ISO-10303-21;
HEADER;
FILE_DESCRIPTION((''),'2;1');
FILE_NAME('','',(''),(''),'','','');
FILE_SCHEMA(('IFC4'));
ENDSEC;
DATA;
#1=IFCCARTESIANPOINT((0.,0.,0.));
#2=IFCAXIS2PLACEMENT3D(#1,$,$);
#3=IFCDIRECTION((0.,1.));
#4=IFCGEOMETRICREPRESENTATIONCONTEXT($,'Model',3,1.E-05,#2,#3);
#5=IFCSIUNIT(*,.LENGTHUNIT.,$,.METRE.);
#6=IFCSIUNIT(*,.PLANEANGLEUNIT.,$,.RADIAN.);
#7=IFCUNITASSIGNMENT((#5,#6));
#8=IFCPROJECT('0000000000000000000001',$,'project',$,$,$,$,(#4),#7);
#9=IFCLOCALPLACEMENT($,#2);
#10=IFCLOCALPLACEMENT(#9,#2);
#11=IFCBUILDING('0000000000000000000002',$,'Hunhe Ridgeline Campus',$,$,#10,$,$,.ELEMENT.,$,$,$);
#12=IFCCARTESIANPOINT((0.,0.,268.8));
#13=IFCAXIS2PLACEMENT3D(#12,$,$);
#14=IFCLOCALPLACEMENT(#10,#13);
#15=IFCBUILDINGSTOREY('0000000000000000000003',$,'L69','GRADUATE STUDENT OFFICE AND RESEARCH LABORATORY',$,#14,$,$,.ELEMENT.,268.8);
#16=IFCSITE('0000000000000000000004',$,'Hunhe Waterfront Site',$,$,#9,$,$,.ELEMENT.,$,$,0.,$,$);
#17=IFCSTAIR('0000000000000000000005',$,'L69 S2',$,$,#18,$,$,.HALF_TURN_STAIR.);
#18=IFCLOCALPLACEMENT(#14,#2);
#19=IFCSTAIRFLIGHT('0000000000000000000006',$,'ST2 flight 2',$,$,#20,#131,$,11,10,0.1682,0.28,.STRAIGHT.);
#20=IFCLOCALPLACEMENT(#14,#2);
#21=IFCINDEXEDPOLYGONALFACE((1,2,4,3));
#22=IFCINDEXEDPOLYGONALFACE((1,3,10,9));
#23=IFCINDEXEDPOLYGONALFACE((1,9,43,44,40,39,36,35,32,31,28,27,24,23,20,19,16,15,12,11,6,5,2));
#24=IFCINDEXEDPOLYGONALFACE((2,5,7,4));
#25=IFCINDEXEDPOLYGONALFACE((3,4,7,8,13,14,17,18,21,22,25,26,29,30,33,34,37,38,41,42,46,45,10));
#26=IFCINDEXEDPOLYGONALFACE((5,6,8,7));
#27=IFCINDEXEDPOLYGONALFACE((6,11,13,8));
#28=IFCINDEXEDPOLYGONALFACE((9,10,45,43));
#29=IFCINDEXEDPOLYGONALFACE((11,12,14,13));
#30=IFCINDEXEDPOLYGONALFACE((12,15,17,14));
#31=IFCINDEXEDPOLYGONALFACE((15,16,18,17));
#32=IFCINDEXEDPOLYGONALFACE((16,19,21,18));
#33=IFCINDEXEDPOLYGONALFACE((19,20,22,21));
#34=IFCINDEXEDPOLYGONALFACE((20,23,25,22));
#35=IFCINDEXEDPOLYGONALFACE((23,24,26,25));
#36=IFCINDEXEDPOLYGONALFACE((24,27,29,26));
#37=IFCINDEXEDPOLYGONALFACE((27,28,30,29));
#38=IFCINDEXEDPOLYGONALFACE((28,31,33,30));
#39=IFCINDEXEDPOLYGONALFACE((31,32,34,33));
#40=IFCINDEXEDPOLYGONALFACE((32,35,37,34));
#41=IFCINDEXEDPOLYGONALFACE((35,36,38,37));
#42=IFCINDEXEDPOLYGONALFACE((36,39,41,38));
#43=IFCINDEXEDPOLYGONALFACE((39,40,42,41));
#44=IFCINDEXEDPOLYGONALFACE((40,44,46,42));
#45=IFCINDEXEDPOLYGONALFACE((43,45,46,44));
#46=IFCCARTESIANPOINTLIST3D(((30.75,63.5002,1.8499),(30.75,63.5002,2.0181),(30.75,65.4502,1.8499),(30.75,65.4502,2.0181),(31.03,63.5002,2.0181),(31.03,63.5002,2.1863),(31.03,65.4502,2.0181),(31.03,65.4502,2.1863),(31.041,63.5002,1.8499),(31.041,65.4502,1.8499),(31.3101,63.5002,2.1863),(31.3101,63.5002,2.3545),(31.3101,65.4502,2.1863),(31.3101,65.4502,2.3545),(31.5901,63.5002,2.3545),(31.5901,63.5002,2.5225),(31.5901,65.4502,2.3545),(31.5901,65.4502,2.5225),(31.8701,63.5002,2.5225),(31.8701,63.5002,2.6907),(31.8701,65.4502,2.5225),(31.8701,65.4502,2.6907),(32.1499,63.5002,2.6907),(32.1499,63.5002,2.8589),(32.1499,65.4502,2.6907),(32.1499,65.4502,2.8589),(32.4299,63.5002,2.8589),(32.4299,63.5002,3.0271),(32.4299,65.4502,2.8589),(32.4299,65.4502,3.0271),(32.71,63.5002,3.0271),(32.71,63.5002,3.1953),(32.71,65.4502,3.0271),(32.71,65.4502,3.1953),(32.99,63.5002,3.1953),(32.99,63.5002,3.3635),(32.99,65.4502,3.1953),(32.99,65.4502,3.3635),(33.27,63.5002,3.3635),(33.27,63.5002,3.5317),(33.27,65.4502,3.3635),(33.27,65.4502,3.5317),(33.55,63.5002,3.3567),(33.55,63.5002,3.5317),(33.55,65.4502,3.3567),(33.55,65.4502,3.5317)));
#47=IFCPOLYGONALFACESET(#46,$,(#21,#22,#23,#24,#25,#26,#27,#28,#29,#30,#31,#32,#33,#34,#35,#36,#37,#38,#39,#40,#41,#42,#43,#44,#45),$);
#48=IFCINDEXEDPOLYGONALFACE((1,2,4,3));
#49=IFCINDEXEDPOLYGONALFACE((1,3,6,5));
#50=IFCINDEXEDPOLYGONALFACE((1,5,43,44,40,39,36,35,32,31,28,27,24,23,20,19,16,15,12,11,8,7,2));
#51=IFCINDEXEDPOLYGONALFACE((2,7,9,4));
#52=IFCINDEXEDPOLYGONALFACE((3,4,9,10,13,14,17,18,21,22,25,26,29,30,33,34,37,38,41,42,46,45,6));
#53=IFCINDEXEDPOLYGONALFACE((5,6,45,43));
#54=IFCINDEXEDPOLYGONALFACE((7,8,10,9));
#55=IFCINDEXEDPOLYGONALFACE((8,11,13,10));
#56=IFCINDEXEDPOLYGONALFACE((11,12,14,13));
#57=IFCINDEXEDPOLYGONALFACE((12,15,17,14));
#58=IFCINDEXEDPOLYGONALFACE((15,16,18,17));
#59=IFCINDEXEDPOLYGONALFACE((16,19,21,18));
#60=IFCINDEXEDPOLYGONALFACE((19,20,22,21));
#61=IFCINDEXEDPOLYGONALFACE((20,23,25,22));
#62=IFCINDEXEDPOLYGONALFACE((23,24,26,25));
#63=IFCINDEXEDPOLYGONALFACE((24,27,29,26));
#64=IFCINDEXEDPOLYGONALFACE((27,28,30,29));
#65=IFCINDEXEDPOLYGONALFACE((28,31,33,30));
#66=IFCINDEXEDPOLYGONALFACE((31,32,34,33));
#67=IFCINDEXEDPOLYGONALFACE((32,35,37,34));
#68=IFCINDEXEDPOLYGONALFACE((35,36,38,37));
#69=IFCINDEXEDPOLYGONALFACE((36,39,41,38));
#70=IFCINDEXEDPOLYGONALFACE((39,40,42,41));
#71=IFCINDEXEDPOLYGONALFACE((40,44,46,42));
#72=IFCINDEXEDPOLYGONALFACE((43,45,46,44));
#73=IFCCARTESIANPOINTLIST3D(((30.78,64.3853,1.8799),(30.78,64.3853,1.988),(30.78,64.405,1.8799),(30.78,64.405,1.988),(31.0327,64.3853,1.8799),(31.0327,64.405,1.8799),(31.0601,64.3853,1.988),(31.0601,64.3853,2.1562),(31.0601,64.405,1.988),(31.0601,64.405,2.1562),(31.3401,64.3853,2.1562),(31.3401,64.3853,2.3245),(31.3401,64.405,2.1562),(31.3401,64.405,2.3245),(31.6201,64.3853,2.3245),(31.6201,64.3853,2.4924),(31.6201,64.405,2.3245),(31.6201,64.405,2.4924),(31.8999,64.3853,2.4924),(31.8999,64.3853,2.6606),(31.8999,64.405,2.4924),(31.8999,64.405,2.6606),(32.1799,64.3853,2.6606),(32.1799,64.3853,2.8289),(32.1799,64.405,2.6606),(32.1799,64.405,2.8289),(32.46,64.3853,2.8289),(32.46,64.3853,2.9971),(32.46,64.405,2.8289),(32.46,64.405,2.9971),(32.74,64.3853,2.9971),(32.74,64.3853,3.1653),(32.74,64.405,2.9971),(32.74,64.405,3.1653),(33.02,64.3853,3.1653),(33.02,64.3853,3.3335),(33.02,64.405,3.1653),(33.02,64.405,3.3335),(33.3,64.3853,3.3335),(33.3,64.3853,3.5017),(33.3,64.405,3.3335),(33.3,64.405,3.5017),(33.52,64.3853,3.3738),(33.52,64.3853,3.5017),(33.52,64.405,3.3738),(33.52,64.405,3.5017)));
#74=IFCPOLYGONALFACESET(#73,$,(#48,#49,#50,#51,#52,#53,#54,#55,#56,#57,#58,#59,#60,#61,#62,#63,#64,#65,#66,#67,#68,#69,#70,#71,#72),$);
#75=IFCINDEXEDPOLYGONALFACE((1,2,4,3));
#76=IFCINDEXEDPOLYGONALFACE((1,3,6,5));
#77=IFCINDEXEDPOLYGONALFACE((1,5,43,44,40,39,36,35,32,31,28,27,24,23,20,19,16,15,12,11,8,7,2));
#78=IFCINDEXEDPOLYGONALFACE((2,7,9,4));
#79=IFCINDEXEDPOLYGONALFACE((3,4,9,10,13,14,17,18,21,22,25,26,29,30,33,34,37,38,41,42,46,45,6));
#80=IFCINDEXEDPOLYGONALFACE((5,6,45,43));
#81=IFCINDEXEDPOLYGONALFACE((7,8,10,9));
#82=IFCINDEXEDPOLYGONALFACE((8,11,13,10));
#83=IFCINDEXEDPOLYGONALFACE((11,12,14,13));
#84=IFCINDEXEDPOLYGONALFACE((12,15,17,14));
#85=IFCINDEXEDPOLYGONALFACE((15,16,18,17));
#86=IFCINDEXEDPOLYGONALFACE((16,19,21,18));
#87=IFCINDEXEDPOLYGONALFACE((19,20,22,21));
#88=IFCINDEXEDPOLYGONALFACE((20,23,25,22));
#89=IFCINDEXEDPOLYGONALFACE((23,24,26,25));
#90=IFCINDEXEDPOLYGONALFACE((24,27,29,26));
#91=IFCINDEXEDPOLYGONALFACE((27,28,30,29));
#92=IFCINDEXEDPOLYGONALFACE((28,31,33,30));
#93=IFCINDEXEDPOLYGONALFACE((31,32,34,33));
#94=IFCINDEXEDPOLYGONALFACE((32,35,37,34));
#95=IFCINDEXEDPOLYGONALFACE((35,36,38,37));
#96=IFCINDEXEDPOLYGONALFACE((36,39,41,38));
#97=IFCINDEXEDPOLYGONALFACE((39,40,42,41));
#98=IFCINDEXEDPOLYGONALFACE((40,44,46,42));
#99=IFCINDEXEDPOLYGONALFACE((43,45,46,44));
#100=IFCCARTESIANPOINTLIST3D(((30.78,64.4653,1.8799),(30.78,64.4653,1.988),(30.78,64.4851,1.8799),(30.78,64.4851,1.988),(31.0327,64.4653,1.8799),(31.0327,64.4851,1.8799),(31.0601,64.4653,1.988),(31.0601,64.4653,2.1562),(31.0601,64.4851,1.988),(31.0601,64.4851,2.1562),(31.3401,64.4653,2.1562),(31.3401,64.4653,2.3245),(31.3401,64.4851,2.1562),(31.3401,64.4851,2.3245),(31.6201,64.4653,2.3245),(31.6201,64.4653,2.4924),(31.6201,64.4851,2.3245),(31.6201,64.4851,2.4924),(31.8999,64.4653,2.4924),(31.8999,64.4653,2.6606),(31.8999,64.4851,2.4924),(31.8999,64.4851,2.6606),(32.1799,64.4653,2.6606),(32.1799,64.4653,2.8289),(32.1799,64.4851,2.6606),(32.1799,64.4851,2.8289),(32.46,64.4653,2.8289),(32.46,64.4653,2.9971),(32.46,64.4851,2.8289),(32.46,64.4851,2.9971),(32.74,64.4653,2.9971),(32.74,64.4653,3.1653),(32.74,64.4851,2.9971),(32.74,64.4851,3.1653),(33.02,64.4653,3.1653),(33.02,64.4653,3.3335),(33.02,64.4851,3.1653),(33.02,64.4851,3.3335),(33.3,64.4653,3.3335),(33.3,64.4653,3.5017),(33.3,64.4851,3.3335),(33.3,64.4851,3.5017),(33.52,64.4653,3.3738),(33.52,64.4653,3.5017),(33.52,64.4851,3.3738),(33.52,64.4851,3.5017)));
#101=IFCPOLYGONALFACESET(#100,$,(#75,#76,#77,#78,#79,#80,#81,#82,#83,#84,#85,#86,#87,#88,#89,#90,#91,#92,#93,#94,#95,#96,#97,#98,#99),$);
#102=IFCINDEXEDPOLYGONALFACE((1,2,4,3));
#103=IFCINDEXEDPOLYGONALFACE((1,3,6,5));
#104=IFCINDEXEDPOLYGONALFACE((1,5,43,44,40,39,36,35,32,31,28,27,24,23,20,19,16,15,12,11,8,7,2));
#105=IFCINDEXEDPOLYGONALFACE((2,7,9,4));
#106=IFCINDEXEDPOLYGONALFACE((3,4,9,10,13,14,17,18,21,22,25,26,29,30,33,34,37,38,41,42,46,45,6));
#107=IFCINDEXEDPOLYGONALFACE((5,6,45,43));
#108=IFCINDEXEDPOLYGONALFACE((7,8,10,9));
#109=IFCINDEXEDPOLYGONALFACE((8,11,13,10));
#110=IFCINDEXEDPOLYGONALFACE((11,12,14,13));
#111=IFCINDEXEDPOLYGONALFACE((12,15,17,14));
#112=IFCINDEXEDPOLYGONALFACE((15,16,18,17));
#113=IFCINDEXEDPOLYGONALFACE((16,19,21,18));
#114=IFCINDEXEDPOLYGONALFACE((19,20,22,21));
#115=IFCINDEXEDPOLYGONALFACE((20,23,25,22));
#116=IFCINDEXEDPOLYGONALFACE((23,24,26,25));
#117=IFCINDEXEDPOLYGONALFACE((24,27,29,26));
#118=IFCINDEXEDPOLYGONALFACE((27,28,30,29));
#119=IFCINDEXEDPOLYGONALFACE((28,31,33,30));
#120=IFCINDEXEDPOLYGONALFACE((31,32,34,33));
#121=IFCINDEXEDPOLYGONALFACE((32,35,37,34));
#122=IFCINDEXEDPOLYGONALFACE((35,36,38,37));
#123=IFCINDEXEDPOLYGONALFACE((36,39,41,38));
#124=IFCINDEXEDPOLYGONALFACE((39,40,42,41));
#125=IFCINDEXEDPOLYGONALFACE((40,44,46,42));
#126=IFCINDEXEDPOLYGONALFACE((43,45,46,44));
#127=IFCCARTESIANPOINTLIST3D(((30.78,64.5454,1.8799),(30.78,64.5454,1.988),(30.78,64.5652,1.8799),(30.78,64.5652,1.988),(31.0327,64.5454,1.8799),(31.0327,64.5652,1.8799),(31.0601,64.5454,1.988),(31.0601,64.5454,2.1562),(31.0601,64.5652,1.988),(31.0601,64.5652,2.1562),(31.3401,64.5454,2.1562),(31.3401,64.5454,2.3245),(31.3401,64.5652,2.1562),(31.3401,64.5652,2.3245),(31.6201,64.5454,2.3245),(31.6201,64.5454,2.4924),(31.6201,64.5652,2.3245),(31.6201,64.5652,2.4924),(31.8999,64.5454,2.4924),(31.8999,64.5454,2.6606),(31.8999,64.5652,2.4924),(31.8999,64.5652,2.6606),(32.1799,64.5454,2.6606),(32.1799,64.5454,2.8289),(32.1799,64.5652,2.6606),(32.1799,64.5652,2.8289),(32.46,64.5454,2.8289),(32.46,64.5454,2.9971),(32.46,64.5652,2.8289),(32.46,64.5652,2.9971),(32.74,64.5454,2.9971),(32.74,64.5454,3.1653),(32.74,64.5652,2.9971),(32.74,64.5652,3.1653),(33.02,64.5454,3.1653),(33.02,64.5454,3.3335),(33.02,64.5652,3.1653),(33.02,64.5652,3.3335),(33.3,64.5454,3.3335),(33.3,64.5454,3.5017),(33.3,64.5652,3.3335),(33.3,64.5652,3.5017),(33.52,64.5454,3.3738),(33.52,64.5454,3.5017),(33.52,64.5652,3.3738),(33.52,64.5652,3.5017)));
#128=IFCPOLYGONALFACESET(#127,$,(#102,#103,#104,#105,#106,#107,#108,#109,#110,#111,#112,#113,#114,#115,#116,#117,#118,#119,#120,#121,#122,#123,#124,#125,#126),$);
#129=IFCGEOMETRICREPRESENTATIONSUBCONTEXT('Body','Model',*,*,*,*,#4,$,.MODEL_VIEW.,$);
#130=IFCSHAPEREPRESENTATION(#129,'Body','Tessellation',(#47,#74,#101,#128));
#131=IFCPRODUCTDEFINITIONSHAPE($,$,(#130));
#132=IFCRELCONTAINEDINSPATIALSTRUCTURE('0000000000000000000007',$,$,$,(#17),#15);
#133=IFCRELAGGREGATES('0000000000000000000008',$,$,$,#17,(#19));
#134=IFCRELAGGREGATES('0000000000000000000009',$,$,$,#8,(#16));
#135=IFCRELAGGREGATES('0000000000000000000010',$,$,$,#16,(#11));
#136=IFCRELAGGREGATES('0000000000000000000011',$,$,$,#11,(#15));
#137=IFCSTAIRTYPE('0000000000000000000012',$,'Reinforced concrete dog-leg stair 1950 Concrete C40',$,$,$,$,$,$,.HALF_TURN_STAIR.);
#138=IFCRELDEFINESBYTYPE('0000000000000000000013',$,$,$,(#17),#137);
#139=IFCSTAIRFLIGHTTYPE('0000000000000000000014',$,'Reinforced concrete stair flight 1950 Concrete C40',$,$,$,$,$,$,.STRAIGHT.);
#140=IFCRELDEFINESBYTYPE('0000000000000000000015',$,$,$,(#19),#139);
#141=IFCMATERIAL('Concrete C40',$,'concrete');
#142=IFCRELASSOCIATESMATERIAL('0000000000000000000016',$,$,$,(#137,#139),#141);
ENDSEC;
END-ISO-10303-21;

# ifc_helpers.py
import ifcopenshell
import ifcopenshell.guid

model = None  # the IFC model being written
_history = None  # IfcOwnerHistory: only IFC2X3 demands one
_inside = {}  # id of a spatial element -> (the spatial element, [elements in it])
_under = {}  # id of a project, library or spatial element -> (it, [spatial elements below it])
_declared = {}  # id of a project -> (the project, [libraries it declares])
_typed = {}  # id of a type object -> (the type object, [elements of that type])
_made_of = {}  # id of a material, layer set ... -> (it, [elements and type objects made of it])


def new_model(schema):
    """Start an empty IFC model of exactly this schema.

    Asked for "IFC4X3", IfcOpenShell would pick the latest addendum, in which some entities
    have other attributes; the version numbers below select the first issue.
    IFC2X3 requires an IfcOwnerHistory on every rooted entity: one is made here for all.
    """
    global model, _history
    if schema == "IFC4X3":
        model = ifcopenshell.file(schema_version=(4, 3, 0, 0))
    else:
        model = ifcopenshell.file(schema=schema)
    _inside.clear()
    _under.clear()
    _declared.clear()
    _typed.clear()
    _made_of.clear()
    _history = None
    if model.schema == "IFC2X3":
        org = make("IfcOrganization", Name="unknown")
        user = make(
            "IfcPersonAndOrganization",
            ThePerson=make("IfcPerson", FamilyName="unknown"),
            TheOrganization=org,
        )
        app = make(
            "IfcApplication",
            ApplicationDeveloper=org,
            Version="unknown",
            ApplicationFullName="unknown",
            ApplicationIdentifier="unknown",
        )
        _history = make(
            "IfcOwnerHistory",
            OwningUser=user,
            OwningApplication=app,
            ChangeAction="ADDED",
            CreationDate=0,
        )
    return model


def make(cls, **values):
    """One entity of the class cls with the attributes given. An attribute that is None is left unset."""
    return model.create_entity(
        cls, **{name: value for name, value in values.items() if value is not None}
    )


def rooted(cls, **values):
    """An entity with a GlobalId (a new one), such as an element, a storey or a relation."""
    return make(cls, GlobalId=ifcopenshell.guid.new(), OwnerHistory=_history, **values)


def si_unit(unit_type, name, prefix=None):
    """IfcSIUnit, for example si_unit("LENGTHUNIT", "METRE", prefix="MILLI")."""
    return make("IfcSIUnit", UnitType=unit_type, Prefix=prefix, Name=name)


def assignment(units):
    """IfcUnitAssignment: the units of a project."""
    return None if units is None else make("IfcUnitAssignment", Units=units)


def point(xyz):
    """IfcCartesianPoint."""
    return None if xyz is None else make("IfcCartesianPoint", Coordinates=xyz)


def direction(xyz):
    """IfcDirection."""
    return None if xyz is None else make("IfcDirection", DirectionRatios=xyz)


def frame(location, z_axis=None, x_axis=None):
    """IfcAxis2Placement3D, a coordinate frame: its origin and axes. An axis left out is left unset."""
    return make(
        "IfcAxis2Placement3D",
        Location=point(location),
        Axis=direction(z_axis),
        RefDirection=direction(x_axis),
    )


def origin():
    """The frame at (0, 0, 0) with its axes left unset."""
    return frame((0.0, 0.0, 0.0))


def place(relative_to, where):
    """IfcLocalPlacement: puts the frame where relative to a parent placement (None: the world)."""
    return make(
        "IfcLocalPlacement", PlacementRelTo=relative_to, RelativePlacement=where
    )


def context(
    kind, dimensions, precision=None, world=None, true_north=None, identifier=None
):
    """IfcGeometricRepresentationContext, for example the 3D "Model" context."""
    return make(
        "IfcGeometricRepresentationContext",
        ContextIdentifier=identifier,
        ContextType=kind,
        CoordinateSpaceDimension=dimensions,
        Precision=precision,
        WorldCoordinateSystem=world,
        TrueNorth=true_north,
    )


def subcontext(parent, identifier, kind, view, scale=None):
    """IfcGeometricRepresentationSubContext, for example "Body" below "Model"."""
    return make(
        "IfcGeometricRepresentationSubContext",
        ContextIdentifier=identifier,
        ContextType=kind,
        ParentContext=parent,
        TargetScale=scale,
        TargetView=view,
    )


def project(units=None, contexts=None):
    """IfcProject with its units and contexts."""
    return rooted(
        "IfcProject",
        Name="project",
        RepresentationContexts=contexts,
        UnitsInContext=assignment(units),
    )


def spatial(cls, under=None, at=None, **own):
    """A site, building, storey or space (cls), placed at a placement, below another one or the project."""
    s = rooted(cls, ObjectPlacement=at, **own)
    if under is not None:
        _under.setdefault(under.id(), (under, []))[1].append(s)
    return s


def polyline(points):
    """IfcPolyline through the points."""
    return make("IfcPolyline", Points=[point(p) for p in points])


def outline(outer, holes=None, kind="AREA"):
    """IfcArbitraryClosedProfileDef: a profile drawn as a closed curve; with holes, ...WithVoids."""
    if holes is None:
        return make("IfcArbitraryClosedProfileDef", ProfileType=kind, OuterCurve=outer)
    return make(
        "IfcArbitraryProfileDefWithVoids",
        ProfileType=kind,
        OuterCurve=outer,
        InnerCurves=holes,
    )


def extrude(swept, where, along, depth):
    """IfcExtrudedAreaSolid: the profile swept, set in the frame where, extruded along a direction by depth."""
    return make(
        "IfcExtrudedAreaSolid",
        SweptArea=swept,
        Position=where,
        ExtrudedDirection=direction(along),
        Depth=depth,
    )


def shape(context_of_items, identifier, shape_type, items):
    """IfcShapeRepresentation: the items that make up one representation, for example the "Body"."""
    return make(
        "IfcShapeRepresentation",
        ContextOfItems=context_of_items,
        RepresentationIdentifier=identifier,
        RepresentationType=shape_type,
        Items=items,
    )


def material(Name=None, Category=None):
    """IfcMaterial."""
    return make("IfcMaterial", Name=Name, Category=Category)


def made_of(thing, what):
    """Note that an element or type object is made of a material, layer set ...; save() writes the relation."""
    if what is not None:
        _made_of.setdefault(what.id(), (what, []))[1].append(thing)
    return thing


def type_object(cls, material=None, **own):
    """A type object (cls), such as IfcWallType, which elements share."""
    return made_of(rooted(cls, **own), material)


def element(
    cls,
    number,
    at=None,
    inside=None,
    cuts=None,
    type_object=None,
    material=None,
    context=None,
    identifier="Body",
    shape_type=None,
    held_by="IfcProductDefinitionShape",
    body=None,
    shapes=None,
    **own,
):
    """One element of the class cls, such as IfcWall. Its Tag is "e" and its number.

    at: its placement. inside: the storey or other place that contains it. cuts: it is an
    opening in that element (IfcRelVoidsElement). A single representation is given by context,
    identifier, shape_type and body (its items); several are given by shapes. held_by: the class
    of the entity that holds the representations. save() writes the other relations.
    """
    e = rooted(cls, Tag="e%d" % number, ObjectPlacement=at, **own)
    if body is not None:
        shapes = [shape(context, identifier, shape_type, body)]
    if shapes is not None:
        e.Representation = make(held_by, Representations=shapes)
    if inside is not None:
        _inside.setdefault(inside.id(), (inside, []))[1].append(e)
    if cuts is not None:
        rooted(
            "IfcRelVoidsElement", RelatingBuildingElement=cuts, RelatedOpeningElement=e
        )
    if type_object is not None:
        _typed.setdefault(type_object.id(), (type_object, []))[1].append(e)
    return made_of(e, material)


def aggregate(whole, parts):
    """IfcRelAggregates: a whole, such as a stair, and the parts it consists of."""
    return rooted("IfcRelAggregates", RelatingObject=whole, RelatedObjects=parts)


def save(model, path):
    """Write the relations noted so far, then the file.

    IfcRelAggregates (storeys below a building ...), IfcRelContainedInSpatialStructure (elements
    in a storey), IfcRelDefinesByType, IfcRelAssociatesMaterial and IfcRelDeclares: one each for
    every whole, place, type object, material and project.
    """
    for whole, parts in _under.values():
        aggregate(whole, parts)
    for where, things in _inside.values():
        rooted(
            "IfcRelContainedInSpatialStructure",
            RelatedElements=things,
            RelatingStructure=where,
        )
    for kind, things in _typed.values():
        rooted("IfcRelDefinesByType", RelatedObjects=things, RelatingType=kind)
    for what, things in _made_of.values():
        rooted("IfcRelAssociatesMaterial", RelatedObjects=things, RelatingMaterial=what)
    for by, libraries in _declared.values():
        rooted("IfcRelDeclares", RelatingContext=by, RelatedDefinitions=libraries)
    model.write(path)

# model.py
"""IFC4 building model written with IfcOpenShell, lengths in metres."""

from ifc_helpers import new_model, si_unit, direction, frame, origin, place, context, subcontext, project, spatial, polyline, outline, extrude, material, type_object, element, aggregate, save


model = new_model("IFC4")

# Units and contexts
model_context = context("Model", 3, precision=1e-05, world=origin(), true_north=direction((0.0, 1.0)))
body_context = subcontext(model_context, "Body", "Model", "MODEL_VIEW")
ifc_project = project(units=[si_unit("LENGTHUNIT", "METRE"), si_unit("PLANEANGLEUNIT", "RADIAN")], contexts=[model_context])

# Site, building, storey
site_placement = place(None, origin())
site = spatial("IfcSite", under=ifc_project, at=site_placement, Name="Hunhe Waterfront Site", CompositionType="ELEMENT", RefElevation=0.0)
building_placement = place(site_placement, origin())
building = spatial("IfcBuilding", under=site, at=building_placement, Name="Hunhe Ridgeline Campus", CompositionType="ELEMENT")
storey_placement = place(building_placement, frame((0.0, 0.0, 268.8)))
storey = spatial("IfcBuildingStorey", under=building, at=storey_placement, Name="L69", Description="GRADUATE STUDENT OFFICE AND RESEARCH LABORATORY", CompositionType="ELEMENT", Elevation=268.8)

# Stair, stair flight
ifc_material_1 = material(Name="Concrete C40", Category="concrete")
stair_type = type_object("IfcStairType", Name="Reinforced concrete dog-leg stair 1950 Concrete C40", PredefinedType="HALF_TURN_STAIR", material=ifc_material_1)
stair_placement = place(storey_placement, origin())
stair = element("IfcStair", 1, at=stair_placement, inside=storey, type_object=stair_type, Name="L69 S2", PredefinedType="HALF_TURN_STAIR")
stair_flight_type = type_object("IfcStairFlightType", Name="Reinforced concrete stair flight 1950 Concrete C40", PredefinedType="STRAIGHT", material=ifc_material_1)
stair_flight_1_placement = place(storey_placement, frame((30.75, 64.4751, 1.8499), z_axis=(0.0, 0.0, 1.0), x_axis=(1.0, 0.0, 0.0)))
stair_flight_1 = element("IfcStairFlight", 2, at=stair_flight_1_placement, type_object=stair_flight_type, Name="ST2 flight 2", NumberOfRisers=11, NumberOfTreads=10, PredefinedType="STRAIGHT", RiserHeight=0.1682, TreadLength=0.28, context=body_context, shape_type="SweptSolid", body=[
    extrude(outline(polyline([(0.0, 0.0), (0.0, 0.1682), (0.28, 0.1682), (0.28, 0.3364), (0.5601, 0.3364), (0.5601, 0.5046), (0.8401, 0.5046), (0.8401, 0.6726), (1.1201, 0.6726), (1.1201, 0.8408), (1.3999, 0.8408), (1.3999, 1.009), (1.6799, 1.009), (1.6799, 1.1772), (1.96, 1.1772), (1.96, 1.3455), (2.24, 1.3455), (2.24, 1.5137), (2.52, 1.5137), (2.52, 1.6819), (2.8, 1.6819), (2.8, 1.8501), (2.8, 1.5068), (0.291, 0.0), (0.0, 0.0)])), frame((0.0, 0.9751, 0.0), z_axis=(0.0, -1.0, 0.0), x_axis=(1.0, 0.0, 0.0)), (0.0, 0.0, 1.0), 1.95),
    extrude(outline(polyline([(0.03, 0.03), (0.03, 0.1382), (0.3101, 0.1382), (0.3101, 0.3064), (0.5901, 0.3064), (0.5901, 0.4746), (0.8701, 0.4746), (0.8701, 0.6426), (1.1499, 0.6426), (1.1499, 0.8108), (1.4299, 0.8108), (1.4299, 0.979), (1.71, 0.979), (1.71, 1.1472), (1.99, 1.1472), (1.99, 1.3154), (2.27, 1.3154), (2.27, 1.4836), (2.55, 1.4836), (2.55, 1.6519), (2.77, 1.6519), (2.77, 1.5239), (0.2827, 0.03), (0.03, 0.03)])), frame((0.0, -0.0701, 0.0), z_axis=(0.0, -1.0, 0.0), x_axis=(1.0, 0.0, 0.0)), (0.0, 0.0, 1.0), 0.0198),
    extrude(outline(polyline([(0.03, 0.03), (0.03, 0.1382), (0.3101, 0.1382), (0.3101, 0.3064), (0.5901, 0.3064), (0.5901, 0.4746), (0.8701, 0.4746), (0.8701, 0.6426), (1.1499, 0.6426), (1.1499, 0.8108), (1.4299, 0.8108), (1.4299, 0.979), (1.71, 0.979), (1.71, 1.1472), (1.99, 1.1472), (1.99, 1.3154), (2.27, 1.3154), (2.27, 1.4836), (2.55, 1.4836), (2.55, 1.6519), (2.77, 1.6519), (2.77, 1.5239), (0.2827, 0.03), (0.03, 0.03)])), frame((0.0, 0.01, 0.0), z_axis=(0.0, -1.0, 0.0), x_axis=(1.0, 0.0, 0.0)), (0.0, 0.0, 1.0), 0.0198),
    extrude(outline(polyline([(0.03, 0.03), (0.03, 0.1382), (0.3101, 0.1382), (0.3101, 0.3064), (0.5901, 0.3064), (0.5901, 0.4746), (0.8701, 0.4746), (0.8701, 0.6426), (1.1499, 0.6426), (1.1499, 0.8108), (1.4299, 0.8108), (1.4299, 0.979), (1.71, 0.979), (1.71, 1.1472), (1.99, 1.1472), (1.99, 1.3154), (2.27, 1.3154), (2.27, 1.4836), (2.55, 1.4836), (2.55, 1.6519), (2.77, 1.6519), (2.77, 1.5239), (0.2827, 0.03), (0.03, 0.03)])), frame((0.0, 0.0901, 0.0), z_axis=(0.0, -1.0, 0.0), x_axis=(1.0, 0.0, 0.0)), (0.0, 0.0, 1.0), 0.0198),
])
aggregate(stair, [stair_flight_1])

save(model, "model.ifc")
